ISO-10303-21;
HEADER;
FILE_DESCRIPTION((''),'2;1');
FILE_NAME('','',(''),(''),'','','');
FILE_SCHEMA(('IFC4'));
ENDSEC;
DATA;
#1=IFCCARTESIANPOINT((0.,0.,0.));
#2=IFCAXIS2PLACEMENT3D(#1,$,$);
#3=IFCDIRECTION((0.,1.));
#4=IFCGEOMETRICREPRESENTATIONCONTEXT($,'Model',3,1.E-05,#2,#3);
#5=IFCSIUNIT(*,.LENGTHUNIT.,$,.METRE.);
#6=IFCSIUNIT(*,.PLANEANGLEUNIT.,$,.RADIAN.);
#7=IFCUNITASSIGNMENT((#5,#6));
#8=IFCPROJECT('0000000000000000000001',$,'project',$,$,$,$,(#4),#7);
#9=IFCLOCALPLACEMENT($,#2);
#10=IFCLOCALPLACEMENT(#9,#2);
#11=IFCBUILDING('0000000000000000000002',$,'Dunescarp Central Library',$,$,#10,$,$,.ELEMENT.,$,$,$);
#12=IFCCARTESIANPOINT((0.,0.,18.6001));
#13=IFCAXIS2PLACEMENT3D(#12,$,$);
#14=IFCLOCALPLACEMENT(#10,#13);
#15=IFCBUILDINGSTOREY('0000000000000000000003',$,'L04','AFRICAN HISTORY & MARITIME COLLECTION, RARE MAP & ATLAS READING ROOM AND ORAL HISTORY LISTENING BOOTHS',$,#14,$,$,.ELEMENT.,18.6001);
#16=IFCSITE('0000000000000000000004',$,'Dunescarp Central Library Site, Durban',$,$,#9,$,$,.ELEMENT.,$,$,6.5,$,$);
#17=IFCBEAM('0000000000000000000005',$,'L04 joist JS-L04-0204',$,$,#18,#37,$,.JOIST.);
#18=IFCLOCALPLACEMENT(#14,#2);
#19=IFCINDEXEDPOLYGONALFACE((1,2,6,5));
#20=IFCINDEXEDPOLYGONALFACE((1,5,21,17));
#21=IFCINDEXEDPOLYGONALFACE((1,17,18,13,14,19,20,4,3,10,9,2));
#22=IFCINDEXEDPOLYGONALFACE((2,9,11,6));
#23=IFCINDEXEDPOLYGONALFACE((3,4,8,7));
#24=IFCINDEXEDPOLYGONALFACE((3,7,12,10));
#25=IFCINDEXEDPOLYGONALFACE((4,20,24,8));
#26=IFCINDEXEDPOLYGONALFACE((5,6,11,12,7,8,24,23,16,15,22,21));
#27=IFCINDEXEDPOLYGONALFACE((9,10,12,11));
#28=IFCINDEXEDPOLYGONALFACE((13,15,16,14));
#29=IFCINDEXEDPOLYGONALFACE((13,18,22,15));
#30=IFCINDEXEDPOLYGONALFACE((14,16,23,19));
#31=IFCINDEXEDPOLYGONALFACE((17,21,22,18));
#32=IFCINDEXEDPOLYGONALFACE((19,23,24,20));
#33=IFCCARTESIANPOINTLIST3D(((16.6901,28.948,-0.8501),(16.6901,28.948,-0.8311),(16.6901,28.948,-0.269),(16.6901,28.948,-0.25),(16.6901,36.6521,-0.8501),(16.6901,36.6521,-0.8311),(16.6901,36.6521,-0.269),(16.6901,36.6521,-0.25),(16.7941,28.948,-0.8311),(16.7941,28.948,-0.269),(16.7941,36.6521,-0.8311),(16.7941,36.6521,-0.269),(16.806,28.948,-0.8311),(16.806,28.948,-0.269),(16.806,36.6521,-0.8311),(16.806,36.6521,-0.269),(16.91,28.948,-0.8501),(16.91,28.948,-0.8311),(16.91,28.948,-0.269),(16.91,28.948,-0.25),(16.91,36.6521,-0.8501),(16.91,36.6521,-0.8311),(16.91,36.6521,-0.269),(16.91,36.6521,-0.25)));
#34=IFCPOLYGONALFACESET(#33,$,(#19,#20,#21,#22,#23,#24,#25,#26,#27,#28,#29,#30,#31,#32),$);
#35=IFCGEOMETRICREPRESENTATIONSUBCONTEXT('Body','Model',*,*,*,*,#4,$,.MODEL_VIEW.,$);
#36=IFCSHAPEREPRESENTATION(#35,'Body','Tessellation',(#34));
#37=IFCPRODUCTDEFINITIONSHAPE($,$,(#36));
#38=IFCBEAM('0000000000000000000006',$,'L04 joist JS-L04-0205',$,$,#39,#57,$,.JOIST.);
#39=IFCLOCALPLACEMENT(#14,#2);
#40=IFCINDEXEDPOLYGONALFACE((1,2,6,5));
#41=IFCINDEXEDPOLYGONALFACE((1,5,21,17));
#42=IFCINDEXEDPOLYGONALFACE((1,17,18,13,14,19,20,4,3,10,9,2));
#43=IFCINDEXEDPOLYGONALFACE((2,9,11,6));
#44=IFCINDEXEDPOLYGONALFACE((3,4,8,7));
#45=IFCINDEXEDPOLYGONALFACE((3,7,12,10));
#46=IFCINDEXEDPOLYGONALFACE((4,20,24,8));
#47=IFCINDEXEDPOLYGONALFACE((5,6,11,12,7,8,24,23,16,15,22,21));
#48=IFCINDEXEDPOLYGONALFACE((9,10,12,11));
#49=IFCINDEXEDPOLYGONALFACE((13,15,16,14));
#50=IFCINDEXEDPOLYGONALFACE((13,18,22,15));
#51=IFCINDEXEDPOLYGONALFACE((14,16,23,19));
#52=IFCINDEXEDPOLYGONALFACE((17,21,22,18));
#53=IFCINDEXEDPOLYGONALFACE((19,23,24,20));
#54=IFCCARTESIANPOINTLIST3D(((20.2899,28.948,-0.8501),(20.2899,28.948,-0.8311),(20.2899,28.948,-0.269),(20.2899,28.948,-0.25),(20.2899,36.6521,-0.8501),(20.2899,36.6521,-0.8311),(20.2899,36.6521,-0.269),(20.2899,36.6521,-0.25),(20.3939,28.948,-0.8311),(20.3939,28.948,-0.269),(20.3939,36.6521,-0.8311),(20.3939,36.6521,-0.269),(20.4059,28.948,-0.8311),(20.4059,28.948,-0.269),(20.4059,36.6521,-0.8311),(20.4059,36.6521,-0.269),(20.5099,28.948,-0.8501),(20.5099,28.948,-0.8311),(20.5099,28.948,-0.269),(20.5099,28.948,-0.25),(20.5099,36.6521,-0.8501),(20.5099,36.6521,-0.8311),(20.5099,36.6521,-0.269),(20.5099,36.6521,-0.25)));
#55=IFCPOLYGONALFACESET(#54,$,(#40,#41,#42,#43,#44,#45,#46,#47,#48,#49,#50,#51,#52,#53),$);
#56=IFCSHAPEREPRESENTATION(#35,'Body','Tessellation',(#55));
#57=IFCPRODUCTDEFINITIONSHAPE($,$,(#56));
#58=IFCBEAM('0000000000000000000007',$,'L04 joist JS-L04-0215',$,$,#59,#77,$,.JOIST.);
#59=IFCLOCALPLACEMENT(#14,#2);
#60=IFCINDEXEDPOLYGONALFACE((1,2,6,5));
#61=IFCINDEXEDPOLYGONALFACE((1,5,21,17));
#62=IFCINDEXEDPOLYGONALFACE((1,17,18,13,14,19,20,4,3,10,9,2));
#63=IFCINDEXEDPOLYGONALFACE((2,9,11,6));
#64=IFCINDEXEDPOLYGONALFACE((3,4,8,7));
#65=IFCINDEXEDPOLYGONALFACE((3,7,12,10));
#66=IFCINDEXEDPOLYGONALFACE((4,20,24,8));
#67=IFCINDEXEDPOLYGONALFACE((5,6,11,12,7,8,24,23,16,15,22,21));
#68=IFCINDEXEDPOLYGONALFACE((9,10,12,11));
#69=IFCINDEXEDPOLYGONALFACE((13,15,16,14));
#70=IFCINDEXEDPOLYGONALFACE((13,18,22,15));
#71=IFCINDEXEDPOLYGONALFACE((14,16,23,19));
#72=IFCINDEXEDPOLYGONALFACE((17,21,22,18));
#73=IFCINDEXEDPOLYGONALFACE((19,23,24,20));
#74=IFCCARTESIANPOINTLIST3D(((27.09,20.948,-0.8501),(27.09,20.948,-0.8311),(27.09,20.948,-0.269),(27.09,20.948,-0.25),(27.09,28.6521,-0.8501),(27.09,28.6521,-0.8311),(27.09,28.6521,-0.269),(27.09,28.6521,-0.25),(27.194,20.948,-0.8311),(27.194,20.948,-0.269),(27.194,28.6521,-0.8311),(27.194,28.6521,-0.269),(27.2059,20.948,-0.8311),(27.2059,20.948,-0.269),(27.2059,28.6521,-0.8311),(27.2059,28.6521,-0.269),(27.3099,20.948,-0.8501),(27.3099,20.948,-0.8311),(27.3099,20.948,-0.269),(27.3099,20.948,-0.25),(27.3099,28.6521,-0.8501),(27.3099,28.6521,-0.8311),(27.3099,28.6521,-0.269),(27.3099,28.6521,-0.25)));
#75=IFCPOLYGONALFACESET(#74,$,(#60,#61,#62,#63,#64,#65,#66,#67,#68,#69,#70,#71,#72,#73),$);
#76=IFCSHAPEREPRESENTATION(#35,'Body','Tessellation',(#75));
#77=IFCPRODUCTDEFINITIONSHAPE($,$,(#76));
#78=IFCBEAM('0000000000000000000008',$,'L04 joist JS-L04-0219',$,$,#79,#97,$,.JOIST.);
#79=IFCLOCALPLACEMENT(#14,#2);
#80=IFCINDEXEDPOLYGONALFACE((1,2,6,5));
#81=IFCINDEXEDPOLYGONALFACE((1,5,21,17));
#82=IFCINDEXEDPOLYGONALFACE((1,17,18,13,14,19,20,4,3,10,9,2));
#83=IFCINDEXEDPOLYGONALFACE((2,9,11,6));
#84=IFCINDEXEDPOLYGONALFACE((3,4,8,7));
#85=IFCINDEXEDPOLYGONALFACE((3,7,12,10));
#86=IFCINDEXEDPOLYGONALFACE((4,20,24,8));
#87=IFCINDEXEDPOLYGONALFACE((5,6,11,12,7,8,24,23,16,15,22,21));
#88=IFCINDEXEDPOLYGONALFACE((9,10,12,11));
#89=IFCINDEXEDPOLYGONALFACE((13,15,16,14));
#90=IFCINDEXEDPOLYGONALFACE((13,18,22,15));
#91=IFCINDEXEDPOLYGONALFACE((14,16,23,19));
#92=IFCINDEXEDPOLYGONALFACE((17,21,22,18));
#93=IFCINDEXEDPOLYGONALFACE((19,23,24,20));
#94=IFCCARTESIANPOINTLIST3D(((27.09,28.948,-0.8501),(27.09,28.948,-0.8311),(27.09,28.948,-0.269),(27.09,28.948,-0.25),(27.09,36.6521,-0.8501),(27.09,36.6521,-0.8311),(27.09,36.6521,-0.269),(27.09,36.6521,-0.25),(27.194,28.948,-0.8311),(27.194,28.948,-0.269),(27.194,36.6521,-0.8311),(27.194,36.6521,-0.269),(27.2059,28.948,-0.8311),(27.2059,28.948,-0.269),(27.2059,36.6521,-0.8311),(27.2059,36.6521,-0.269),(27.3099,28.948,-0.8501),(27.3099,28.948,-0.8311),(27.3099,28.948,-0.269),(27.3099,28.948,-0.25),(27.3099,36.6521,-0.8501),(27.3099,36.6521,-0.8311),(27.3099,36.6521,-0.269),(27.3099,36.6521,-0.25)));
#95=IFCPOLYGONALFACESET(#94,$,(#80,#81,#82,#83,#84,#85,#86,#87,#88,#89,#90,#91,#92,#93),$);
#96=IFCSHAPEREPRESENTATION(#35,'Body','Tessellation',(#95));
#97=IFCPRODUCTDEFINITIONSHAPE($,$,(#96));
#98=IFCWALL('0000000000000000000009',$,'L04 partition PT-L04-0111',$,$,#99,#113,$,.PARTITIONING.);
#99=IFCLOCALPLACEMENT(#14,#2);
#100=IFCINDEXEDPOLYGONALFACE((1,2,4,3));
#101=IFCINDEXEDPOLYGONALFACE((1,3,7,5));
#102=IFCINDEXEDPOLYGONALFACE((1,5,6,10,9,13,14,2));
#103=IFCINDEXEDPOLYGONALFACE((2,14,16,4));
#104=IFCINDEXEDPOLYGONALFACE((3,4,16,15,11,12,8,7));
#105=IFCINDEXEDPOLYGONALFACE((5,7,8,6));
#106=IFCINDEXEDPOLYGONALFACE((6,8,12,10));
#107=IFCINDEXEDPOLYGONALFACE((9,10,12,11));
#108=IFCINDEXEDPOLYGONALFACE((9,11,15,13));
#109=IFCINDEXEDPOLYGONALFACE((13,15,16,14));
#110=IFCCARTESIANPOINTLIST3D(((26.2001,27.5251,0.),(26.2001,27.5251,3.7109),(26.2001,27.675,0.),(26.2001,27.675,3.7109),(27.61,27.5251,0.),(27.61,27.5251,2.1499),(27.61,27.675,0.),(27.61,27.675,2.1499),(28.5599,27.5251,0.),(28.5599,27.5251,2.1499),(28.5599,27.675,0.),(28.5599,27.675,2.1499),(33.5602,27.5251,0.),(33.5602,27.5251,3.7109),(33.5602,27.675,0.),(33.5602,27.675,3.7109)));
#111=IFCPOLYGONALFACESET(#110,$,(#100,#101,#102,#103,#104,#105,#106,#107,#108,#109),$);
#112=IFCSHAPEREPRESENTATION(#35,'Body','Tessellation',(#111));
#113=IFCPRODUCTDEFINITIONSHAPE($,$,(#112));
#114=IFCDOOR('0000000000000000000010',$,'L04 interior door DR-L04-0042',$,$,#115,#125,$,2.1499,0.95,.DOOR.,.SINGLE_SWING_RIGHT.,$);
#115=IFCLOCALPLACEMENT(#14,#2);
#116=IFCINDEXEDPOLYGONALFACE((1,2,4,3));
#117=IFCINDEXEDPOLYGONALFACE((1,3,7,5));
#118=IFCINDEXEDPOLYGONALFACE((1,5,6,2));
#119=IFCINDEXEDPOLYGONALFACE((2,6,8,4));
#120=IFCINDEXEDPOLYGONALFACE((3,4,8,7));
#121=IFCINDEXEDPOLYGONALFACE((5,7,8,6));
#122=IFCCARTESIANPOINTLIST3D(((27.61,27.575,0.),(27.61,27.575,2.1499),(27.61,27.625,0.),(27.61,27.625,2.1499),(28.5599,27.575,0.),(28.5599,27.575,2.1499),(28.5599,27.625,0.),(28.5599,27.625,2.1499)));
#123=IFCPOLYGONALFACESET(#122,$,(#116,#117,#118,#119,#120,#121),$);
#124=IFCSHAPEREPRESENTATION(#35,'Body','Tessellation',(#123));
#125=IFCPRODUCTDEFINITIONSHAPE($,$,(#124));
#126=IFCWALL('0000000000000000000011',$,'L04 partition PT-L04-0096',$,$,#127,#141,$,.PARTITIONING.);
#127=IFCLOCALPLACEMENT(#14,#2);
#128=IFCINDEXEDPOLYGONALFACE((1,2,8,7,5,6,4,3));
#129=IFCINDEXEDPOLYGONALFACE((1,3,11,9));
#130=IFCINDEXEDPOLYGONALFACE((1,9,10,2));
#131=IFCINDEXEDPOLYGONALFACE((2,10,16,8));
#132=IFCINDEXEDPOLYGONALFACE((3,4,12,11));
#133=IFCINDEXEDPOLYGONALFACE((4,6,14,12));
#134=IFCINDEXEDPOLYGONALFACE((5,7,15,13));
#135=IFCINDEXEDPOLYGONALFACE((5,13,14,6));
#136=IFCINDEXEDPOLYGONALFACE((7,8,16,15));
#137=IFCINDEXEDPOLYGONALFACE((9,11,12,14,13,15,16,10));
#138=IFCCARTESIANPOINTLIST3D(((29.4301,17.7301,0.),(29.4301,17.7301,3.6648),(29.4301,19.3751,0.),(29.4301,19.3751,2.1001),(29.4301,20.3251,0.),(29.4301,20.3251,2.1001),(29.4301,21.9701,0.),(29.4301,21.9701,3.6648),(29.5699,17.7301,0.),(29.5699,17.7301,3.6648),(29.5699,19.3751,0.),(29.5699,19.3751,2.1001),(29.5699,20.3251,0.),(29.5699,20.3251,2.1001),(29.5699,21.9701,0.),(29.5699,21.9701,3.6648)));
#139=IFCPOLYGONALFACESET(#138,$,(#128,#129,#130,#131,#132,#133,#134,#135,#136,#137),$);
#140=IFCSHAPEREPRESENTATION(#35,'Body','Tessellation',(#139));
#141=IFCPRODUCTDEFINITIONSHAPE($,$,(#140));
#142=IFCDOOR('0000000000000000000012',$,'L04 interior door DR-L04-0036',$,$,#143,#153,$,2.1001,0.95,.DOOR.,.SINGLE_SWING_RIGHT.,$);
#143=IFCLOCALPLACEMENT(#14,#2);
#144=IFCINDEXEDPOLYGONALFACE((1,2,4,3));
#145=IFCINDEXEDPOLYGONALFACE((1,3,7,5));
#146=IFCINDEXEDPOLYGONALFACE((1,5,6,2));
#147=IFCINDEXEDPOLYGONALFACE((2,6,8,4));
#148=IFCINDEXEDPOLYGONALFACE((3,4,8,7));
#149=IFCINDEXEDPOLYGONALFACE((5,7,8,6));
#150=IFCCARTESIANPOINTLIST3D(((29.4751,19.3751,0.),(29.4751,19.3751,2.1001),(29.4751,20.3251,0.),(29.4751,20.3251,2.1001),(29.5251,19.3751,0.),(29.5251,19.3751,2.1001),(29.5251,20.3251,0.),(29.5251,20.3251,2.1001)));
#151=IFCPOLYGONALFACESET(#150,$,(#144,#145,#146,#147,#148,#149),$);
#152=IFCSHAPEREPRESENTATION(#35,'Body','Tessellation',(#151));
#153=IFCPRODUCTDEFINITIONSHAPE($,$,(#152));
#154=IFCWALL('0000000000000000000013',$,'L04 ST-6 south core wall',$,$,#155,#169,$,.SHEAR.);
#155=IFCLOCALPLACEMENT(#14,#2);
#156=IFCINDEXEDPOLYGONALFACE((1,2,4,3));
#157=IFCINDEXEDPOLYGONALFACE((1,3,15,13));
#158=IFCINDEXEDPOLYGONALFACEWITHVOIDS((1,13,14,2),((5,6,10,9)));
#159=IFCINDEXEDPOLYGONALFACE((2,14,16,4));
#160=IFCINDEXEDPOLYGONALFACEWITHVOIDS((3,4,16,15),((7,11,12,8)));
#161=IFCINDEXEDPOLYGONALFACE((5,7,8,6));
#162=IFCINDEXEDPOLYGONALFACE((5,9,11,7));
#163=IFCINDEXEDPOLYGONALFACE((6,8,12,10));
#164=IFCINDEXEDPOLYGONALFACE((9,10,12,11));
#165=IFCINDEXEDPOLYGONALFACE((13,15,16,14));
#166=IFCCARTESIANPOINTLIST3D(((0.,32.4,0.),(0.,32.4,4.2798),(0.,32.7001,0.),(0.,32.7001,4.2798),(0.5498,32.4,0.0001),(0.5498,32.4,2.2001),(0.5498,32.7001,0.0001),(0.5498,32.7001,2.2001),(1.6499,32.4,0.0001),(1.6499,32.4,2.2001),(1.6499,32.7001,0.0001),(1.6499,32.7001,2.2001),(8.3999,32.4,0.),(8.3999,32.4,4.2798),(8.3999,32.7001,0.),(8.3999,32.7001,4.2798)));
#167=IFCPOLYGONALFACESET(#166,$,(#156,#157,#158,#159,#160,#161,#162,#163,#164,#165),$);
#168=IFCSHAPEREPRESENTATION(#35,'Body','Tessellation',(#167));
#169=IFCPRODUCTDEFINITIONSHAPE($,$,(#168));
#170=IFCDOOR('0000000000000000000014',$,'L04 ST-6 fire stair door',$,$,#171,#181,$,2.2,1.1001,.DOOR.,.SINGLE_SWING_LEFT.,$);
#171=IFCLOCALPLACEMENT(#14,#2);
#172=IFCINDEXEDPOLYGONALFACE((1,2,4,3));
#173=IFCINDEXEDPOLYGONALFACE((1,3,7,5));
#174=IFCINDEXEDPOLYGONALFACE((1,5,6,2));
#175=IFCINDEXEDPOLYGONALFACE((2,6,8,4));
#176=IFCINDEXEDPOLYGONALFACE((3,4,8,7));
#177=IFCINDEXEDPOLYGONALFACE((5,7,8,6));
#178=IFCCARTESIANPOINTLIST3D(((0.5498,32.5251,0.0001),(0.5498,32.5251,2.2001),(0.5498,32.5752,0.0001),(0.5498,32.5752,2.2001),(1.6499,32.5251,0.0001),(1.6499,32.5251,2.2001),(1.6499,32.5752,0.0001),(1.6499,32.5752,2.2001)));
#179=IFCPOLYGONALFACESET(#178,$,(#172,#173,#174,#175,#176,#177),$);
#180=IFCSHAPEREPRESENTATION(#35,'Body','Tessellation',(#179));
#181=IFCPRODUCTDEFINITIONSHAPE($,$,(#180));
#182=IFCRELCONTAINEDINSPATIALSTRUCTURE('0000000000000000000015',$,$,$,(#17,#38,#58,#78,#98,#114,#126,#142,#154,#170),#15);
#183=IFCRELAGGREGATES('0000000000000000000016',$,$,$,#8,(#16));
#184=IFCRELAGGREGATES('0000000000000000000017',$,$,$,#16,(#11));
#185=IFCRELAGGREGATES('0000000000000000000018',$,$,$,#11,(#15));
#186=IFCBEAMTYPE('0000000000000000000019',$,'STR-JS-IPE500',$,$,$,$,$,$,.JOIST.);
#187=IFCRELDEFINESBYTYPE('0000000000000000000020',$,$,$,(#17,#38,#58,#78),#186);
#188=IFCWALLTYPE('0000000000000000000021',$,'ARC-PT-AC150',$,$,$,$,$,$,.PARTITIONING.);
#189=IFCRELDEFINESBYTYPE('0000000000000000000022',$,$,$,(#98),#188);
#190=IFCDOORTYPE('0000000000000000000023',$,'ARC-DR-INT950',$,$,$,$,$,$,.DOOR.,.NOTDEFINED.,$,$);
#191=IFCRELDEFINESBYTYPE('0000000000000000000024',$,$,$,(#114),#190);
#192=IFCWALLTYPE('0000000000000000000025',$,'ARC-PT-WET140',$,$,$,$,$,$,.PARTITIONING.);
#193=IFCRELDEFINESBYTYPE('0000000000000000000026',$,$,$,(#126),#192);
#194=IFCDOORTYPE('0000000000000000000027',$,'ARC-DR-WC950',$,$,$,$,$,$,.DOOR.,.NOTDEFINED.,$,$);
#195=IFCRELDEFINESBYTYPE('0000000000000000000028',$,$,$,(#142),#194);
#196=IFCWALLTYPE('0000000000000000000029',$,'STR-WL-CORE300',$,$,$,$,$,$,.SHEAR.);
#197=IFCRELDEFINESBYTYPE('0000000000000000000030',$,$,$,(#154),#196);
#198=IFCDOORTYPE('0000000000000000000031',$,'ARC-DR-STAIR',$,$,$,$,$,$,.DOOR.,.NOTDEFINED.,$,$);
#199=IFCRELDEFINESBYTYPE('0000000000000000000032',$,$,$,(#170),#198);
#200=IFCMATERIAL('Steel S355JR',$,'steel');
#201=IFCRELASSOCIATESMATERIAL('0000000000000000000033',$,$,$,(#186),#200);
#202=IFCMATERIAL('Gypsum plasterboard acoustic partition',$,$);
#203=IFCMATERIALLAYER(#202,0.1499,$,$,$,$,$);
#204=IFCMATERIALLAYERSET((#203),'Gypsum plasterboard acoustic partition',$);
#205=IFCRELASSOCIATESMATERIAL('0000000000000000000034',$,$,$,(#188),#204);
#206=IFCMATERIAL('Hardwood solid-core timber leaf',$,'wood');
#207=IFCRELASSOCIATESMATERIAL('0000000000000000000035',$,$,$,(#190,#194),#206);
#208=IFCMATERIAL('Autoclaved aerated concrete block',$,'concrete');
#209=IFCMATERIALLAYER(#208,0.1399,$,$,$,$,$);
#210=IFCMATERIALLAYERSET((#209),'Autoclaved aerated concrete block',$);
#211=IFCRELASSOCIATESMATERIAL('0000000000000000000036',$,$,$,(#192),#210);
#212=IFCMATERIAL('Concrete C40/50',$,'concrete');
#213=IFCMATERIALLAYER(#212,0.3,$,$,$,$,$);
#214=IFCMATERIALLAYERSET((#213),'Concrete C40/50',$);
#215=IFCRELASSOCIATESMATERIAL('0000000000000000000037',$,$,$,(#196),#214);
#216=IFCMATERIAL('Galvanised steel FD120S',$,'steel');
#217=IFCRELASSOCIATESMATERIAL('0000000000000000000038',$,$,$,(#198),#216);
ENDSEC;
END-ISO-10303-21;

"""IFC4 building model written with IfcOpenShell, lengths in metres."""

from ifc_helpers import new_model, si_unit, direction, frame, frame_2d, origin, origin_2d, place, context, subcontext, project, spatial, rectangle, i_section, extrude, material, layer, layer_set, material_profile, profile_set, type_object, element, fill, save


model = new_model("IFC4")

# Units and contexts
model_context = context("Model", 3, precision=1e-05, world=origin(), true_north=direction((0.0, 1.0)))
body_context = subcontext(model_context, "Body", "Model", "MODEL_VIEW")
ifc_project = project(units=[si_unit("LENGTHUNIT", "METRE"), si_unit("PLANEANGLEUNIT", "RADIAN")], contexts=[model_context])

# Site, building, storey
site_placement = place(None, origin())
site = spatial("IfcSite", under=ifc_project, at=site_placement, Name="Dunescarp Central Library Site, Durban", CompositionType="ELEMENT", RefElevation=6.5)
building_placement = place(site_placement, origin())
building = spatial("IfcBuilding", under=site, at=building_placement, Name="Dunescarp Central Library", CompositionType="ELEMENT")
storey_placement = place(building_placement, frame((0.0, 0.0, 18.6001)))
storey = spatial("IfcBuildingStorey", under=building, at=storey_placement, Name="L04", Description="AFRICAN HISTORY & MARITIME COLLECTION, RARE MAP & ATLAS READING ROOM AND ORAL HISTORY LISTENING BOOTHS", CompositionType="ELEMENT", Elevation=18.6001)

# Shared definitions
ifc_material_1 = material(Name="Steel S355JR", Category="steel")

# Beams
ifc_material_profile_1 = material_profile(ifc_material_1, i_section(OverallWidth=0.22, OverallDepth=0.6001, WebThickness=0.012, FlangeThickness=0.019, at=origin_2d()), Name="IPE 600")
ifc_profile_set_1 = profile_set([ifc_material_profile_1], Name="Steel S355JR")
beam_type_1 = type_object("IfcBeamType", Name="STR-JS-IPE500", PredefinedType="JOIST", material=ifc_profile_set_1)
for number, where, z_axis, x_axis, name in (
    (1, (16.8, 28.948, -0.55), (0.0, 1.0, 0.0), (-1.0, 0.0, 0.0), "L04 joist JS-L04-0204"),
    (2, (20.3999, 28.948, -0.55), (0.0, 1.0, 0.0), (-1.0, 0.0, 0.0), "L04 joist JS-L04-0205"),
    (3, (27.2, 20.948, -0.55), (0.0, 1.0, 0.0), (-1.0, 0.0, 0.0), "L04 joist JS-L04-0215"),
    (4, (27.2, 28.948, -0.55), (0.0, 1.0, 0.0), (-1.0, 0.0, 0.0), "L04 joist JS-L04-0219"),
):
    element("IfcBeam", number, at=place(storey_placement, frame(where, z_axis=z_axis, x_axis=x_axis)), inside=storey, type_object=beam_type_1, Name=name, PredefinedType="JOIST", context=body_context, shape_type="SweptSolid", body=[
        extrude(i_section(OverallWidth=0.22, OverallDepth=0.6001, WebThickness=0.012, FlangeThickness=0.019, at=origin_2d()), origin(), (0.0, 0.0, 1.0), 7.7041),
    ])

# Walls, openings, doors
ifc_material_2 = material(Name="Gypsum plasterboard acoustic partition")
ifc_layer_1 = layer(ifc_material_2, 0.1499)
ifc_layer_set_1 = layer_set([ifc_layer_1], Name="Gypsum plasterboard acoustic partition")
wall_type_1 = type_object("IfcWallType", Name="ARC-PT-AC150", PredefinedType="PARTITIONING", material=ifc_layer_set_1)
wall_1_placement = place(storey_placement, frame((26.2, 27.6001, 0.0), z_axis=(0.0, 0.0, 1.0), x_axis=(1.0, 0.0, 0.0)))
wall_1 = element("IfcWall", 5, at=wall_1_placement, inside=storey, type_object=wall_type_1, Name="L04 partition PT-L04-0111", PredefinedType="PARTITIONING", context=body_context, shape_type="SweptSolid", body=[
    extrude(rectangle(XDim=7.3601, YDim=0.1499, at=frame_2d((3.6802, 0.0))), origin(), (0.0, 0.0, 1.0), 3.7109),
])
opening_1_placement = place(wall_1_placement, frame((1.4099, 0.0, 0.0)))
opening_1 = element("IfcOpeningElement", 6, at=opening_1_placement, cuts=wall_1, PredefinedType="OPENING", context=body_context, shape_type="SweptSolid", body=[
    extrude(rectangle(XDim=0.95, YDim=2.1499, at=frame_2d((0.4751, 1.075))), frame((0.0, 0.085, 0.0), z_axis=(0.0, -1.0, 0.0), x_axis=(1.0, 0.0, 0.0)), (0.0, 0.0, 1.0), 0.1699),
])
ifc_material_3 = material(Name="Hardwood solid-core timber leaf", Category="wood")
door_type_1 = type_object("IfcDoorType", Name="ARC-DR-INT950", OperationType="NOTDEFINED", PredefinedType="DOOR", material=ifc_material_3)
door_1_placement = place(opening_1_placement, origin())
door_1 = element("IfcDoor", 7, at=door_1_placement, inside=storey, type_object=door_type_1, Name="L04 interior door DR-L04-0042", OperationType="SINGLE_SWING_RIGHT", OverallHeight=2.1499, OverallWidth=0.95, PredefinedType="DOOR", context=body_context, shape_type="SweptSolid", body=[
    extrude(rectangle(XDim=0.95, YDim=2.1499, at=frame_2d((0.4751, 1.075))), frame((0.0, 0.0249, 0.0), z_axis=(0.0, -1.0, 0.0), x_axis=(1.0, 0.0, 0.0)), (0.0, 0.0, 1.0), 0.05),
])
fill(opening_1, door_1)
ifc_material_4 = material(Name="Autoclaved aerated concrete block", Category="concrete")
ifc_layer_2 = layer(ifc_material_4, 0.1399)
ifc_layer_set_2 = layer_set([ifc_layer_2], Name="Autoclaved aerated concrete block")
wall_type_2 = type_object("IfcWallType", Name="ARC-PT-WET140", PredefinedType="PARTITIONING", material=ifc_layer_set_2)
wall_2_placement = place(storey_placement, frame((29.5, 17.73, 0.0), z_axis=(0.0, 0.0, 1.0), x_axis=(0.0, 1.0, 0.0)))
wall_2 = element("IfcWall", 8, at=wall_2_placement, inside=storey, type_object=wall_type_2, Name="L04 partition PT-L04-0096", PredefinedType="PARTITIONING", context=body_context, shape_type="SweptSolid", body=[
    extrude(rectangle(XDim=4.24, YDim=0.1399, at=frame_2d((2.1201, 0.0))), origin(), (0.0, 0.0, 1.0), 3.6648),
])
opening_2_placement = place(wall_2_placement, frame((1.645, 0.0, 0.0)))
opening_2 = element("IfcOpeningElement", 9, at=opening_2_placement, cuts=wall_2, PredefinedType="OPENING", context=body_context, shape_type="SweptSolid", body=[
    extrude(rectangle(XDim=0.95, YDim=2.1001, at=frame_2d((0.4751, 1.05))), frame((0.0, 0.0801, 0.0), z_axis=(0.0, -1.0, 0.0), x_axis=(1.0, 0.0, 0.0)), (0.0, 0.0, 1.0), 0.1599),
])
door_type_2 = type_object("IfcDoorType", Name="ARC-DR-WC950", OperationType="NOTDEFINED", PredefinedType="DOOR", material=ifc_material_3)
door_2_placement = place(opening_2_placement, origin())
door_2 = element("IfcDoor", 10, at=door_2_placement, inside=storey, type_object=door_type_2, Name="L04 interior door DR-L04-0036", OperationType="SINGLE_SWING_RIGHT", OverallHeight=2.1001, OverallWidth=0.95, PredefinedType="DOOR", context=body_context, shape_type="SweptSolid", body=[
    extrude(rectangle(XDim=0.95, YDim=2.1001, at=frame_2d((0.4751, 1.05))), frame((0.0, 0.0249, 0.0), z_axis=(0.0, -1.0, 0.0), x_axis=(1.0, 0.0, 0.0)), (0.0, 0.0, 1.0), 0.05),
])
fill(opening_2, door_2)
ifc_material_5 = material(Name="Concrete C40/50", Category="concrete")
ifc_layer_3 = layer(ifc_material_5, 0.3)
ifc_layer_set_3 = layer_set([ifc_layer_3], Name="Concrete C40/50")
wall_type_3 = type_object("IfcWallType", Name="STR-WL-CORE300", PredefinedType="SHEAR", material=ifc_layer_set_3)
wall_3_placement = place(storey_placement, frame((8.3999, 32.55, 0.0), z_axis=(0.0, 0.0, 1.0), x_axis=(-1.0, 0.0, 0.0)))
wall_3 = element("IfcWall", 11, at=wall_3_placement, inside=storey, type_object=wall_type_3, Name="L04 ST-6 south core wall", PredefinedType="SHEAR", context=body_context, shape_type="SweptSolid", body=[
    extrude(rectangle(XDim=8.3999, YDim=0.3, at=frame_2d((4.2, 0.0))), origin(), (0.0, 0.0, 1.0), 4.2798),
])
opening_3_placement = place(wall_3_placement, frame((6.75, 0.0, 0.0)))
opening_3 = element("IfcOpeningElement", 12, at=opening_3_placement, cuts=wall_3, PredefinedType="OPENING", context=body_context, shape_type="SweptSolid", body=[
    extrude(rectangle(XDim=1.1001, YDim=2.2, at=frame_2d((0.55, 1.1001))), frame((0.0, 0.1602, 0.0), z_axis=(0.0, -1.0, 0.0), x_axis=(1.0, 0.0, 0.0)), (0.0, 0.0, 1.0), 0.3201),
])
ifc_material_6 = material(Name="Galvanised steel FD120S", Category="steel")
door_type_3 = type_object("IfcDoorType", Name="ARC-DR-STAIR", OperationType="NOTDEFINED", PredefinedType="DOOR", material=ifc_material_6)
door_3_placement = place(opening_3_placement, origin())
door_3 = element("IfcDoor", 13, at=door_3_placement, inside=storey, type_object=door_type_3, Name="L04 ST-6 fire stair door", OperationType="SINGLE_SWING_LEFT", OverallHeight=2.2, OverallWidth=1.1001, PredefinedType="DOOR", context=body_context, shape_type="SweptSolid", body=[
    extrude(rectangle(XDim=1.1001, YDim=2.2, at=frame_2d((0.55, 1.1001))), frame((0.0, 0.0249, 0.0), z_axis=(0.0, -1.0, 0.0), x_axis=(1.0, 0.0, 0.0)), (0.0, 0.0, 1.0), 0.05),
])
fill(opening_3, door_3)

save(model, "model.ifc")
